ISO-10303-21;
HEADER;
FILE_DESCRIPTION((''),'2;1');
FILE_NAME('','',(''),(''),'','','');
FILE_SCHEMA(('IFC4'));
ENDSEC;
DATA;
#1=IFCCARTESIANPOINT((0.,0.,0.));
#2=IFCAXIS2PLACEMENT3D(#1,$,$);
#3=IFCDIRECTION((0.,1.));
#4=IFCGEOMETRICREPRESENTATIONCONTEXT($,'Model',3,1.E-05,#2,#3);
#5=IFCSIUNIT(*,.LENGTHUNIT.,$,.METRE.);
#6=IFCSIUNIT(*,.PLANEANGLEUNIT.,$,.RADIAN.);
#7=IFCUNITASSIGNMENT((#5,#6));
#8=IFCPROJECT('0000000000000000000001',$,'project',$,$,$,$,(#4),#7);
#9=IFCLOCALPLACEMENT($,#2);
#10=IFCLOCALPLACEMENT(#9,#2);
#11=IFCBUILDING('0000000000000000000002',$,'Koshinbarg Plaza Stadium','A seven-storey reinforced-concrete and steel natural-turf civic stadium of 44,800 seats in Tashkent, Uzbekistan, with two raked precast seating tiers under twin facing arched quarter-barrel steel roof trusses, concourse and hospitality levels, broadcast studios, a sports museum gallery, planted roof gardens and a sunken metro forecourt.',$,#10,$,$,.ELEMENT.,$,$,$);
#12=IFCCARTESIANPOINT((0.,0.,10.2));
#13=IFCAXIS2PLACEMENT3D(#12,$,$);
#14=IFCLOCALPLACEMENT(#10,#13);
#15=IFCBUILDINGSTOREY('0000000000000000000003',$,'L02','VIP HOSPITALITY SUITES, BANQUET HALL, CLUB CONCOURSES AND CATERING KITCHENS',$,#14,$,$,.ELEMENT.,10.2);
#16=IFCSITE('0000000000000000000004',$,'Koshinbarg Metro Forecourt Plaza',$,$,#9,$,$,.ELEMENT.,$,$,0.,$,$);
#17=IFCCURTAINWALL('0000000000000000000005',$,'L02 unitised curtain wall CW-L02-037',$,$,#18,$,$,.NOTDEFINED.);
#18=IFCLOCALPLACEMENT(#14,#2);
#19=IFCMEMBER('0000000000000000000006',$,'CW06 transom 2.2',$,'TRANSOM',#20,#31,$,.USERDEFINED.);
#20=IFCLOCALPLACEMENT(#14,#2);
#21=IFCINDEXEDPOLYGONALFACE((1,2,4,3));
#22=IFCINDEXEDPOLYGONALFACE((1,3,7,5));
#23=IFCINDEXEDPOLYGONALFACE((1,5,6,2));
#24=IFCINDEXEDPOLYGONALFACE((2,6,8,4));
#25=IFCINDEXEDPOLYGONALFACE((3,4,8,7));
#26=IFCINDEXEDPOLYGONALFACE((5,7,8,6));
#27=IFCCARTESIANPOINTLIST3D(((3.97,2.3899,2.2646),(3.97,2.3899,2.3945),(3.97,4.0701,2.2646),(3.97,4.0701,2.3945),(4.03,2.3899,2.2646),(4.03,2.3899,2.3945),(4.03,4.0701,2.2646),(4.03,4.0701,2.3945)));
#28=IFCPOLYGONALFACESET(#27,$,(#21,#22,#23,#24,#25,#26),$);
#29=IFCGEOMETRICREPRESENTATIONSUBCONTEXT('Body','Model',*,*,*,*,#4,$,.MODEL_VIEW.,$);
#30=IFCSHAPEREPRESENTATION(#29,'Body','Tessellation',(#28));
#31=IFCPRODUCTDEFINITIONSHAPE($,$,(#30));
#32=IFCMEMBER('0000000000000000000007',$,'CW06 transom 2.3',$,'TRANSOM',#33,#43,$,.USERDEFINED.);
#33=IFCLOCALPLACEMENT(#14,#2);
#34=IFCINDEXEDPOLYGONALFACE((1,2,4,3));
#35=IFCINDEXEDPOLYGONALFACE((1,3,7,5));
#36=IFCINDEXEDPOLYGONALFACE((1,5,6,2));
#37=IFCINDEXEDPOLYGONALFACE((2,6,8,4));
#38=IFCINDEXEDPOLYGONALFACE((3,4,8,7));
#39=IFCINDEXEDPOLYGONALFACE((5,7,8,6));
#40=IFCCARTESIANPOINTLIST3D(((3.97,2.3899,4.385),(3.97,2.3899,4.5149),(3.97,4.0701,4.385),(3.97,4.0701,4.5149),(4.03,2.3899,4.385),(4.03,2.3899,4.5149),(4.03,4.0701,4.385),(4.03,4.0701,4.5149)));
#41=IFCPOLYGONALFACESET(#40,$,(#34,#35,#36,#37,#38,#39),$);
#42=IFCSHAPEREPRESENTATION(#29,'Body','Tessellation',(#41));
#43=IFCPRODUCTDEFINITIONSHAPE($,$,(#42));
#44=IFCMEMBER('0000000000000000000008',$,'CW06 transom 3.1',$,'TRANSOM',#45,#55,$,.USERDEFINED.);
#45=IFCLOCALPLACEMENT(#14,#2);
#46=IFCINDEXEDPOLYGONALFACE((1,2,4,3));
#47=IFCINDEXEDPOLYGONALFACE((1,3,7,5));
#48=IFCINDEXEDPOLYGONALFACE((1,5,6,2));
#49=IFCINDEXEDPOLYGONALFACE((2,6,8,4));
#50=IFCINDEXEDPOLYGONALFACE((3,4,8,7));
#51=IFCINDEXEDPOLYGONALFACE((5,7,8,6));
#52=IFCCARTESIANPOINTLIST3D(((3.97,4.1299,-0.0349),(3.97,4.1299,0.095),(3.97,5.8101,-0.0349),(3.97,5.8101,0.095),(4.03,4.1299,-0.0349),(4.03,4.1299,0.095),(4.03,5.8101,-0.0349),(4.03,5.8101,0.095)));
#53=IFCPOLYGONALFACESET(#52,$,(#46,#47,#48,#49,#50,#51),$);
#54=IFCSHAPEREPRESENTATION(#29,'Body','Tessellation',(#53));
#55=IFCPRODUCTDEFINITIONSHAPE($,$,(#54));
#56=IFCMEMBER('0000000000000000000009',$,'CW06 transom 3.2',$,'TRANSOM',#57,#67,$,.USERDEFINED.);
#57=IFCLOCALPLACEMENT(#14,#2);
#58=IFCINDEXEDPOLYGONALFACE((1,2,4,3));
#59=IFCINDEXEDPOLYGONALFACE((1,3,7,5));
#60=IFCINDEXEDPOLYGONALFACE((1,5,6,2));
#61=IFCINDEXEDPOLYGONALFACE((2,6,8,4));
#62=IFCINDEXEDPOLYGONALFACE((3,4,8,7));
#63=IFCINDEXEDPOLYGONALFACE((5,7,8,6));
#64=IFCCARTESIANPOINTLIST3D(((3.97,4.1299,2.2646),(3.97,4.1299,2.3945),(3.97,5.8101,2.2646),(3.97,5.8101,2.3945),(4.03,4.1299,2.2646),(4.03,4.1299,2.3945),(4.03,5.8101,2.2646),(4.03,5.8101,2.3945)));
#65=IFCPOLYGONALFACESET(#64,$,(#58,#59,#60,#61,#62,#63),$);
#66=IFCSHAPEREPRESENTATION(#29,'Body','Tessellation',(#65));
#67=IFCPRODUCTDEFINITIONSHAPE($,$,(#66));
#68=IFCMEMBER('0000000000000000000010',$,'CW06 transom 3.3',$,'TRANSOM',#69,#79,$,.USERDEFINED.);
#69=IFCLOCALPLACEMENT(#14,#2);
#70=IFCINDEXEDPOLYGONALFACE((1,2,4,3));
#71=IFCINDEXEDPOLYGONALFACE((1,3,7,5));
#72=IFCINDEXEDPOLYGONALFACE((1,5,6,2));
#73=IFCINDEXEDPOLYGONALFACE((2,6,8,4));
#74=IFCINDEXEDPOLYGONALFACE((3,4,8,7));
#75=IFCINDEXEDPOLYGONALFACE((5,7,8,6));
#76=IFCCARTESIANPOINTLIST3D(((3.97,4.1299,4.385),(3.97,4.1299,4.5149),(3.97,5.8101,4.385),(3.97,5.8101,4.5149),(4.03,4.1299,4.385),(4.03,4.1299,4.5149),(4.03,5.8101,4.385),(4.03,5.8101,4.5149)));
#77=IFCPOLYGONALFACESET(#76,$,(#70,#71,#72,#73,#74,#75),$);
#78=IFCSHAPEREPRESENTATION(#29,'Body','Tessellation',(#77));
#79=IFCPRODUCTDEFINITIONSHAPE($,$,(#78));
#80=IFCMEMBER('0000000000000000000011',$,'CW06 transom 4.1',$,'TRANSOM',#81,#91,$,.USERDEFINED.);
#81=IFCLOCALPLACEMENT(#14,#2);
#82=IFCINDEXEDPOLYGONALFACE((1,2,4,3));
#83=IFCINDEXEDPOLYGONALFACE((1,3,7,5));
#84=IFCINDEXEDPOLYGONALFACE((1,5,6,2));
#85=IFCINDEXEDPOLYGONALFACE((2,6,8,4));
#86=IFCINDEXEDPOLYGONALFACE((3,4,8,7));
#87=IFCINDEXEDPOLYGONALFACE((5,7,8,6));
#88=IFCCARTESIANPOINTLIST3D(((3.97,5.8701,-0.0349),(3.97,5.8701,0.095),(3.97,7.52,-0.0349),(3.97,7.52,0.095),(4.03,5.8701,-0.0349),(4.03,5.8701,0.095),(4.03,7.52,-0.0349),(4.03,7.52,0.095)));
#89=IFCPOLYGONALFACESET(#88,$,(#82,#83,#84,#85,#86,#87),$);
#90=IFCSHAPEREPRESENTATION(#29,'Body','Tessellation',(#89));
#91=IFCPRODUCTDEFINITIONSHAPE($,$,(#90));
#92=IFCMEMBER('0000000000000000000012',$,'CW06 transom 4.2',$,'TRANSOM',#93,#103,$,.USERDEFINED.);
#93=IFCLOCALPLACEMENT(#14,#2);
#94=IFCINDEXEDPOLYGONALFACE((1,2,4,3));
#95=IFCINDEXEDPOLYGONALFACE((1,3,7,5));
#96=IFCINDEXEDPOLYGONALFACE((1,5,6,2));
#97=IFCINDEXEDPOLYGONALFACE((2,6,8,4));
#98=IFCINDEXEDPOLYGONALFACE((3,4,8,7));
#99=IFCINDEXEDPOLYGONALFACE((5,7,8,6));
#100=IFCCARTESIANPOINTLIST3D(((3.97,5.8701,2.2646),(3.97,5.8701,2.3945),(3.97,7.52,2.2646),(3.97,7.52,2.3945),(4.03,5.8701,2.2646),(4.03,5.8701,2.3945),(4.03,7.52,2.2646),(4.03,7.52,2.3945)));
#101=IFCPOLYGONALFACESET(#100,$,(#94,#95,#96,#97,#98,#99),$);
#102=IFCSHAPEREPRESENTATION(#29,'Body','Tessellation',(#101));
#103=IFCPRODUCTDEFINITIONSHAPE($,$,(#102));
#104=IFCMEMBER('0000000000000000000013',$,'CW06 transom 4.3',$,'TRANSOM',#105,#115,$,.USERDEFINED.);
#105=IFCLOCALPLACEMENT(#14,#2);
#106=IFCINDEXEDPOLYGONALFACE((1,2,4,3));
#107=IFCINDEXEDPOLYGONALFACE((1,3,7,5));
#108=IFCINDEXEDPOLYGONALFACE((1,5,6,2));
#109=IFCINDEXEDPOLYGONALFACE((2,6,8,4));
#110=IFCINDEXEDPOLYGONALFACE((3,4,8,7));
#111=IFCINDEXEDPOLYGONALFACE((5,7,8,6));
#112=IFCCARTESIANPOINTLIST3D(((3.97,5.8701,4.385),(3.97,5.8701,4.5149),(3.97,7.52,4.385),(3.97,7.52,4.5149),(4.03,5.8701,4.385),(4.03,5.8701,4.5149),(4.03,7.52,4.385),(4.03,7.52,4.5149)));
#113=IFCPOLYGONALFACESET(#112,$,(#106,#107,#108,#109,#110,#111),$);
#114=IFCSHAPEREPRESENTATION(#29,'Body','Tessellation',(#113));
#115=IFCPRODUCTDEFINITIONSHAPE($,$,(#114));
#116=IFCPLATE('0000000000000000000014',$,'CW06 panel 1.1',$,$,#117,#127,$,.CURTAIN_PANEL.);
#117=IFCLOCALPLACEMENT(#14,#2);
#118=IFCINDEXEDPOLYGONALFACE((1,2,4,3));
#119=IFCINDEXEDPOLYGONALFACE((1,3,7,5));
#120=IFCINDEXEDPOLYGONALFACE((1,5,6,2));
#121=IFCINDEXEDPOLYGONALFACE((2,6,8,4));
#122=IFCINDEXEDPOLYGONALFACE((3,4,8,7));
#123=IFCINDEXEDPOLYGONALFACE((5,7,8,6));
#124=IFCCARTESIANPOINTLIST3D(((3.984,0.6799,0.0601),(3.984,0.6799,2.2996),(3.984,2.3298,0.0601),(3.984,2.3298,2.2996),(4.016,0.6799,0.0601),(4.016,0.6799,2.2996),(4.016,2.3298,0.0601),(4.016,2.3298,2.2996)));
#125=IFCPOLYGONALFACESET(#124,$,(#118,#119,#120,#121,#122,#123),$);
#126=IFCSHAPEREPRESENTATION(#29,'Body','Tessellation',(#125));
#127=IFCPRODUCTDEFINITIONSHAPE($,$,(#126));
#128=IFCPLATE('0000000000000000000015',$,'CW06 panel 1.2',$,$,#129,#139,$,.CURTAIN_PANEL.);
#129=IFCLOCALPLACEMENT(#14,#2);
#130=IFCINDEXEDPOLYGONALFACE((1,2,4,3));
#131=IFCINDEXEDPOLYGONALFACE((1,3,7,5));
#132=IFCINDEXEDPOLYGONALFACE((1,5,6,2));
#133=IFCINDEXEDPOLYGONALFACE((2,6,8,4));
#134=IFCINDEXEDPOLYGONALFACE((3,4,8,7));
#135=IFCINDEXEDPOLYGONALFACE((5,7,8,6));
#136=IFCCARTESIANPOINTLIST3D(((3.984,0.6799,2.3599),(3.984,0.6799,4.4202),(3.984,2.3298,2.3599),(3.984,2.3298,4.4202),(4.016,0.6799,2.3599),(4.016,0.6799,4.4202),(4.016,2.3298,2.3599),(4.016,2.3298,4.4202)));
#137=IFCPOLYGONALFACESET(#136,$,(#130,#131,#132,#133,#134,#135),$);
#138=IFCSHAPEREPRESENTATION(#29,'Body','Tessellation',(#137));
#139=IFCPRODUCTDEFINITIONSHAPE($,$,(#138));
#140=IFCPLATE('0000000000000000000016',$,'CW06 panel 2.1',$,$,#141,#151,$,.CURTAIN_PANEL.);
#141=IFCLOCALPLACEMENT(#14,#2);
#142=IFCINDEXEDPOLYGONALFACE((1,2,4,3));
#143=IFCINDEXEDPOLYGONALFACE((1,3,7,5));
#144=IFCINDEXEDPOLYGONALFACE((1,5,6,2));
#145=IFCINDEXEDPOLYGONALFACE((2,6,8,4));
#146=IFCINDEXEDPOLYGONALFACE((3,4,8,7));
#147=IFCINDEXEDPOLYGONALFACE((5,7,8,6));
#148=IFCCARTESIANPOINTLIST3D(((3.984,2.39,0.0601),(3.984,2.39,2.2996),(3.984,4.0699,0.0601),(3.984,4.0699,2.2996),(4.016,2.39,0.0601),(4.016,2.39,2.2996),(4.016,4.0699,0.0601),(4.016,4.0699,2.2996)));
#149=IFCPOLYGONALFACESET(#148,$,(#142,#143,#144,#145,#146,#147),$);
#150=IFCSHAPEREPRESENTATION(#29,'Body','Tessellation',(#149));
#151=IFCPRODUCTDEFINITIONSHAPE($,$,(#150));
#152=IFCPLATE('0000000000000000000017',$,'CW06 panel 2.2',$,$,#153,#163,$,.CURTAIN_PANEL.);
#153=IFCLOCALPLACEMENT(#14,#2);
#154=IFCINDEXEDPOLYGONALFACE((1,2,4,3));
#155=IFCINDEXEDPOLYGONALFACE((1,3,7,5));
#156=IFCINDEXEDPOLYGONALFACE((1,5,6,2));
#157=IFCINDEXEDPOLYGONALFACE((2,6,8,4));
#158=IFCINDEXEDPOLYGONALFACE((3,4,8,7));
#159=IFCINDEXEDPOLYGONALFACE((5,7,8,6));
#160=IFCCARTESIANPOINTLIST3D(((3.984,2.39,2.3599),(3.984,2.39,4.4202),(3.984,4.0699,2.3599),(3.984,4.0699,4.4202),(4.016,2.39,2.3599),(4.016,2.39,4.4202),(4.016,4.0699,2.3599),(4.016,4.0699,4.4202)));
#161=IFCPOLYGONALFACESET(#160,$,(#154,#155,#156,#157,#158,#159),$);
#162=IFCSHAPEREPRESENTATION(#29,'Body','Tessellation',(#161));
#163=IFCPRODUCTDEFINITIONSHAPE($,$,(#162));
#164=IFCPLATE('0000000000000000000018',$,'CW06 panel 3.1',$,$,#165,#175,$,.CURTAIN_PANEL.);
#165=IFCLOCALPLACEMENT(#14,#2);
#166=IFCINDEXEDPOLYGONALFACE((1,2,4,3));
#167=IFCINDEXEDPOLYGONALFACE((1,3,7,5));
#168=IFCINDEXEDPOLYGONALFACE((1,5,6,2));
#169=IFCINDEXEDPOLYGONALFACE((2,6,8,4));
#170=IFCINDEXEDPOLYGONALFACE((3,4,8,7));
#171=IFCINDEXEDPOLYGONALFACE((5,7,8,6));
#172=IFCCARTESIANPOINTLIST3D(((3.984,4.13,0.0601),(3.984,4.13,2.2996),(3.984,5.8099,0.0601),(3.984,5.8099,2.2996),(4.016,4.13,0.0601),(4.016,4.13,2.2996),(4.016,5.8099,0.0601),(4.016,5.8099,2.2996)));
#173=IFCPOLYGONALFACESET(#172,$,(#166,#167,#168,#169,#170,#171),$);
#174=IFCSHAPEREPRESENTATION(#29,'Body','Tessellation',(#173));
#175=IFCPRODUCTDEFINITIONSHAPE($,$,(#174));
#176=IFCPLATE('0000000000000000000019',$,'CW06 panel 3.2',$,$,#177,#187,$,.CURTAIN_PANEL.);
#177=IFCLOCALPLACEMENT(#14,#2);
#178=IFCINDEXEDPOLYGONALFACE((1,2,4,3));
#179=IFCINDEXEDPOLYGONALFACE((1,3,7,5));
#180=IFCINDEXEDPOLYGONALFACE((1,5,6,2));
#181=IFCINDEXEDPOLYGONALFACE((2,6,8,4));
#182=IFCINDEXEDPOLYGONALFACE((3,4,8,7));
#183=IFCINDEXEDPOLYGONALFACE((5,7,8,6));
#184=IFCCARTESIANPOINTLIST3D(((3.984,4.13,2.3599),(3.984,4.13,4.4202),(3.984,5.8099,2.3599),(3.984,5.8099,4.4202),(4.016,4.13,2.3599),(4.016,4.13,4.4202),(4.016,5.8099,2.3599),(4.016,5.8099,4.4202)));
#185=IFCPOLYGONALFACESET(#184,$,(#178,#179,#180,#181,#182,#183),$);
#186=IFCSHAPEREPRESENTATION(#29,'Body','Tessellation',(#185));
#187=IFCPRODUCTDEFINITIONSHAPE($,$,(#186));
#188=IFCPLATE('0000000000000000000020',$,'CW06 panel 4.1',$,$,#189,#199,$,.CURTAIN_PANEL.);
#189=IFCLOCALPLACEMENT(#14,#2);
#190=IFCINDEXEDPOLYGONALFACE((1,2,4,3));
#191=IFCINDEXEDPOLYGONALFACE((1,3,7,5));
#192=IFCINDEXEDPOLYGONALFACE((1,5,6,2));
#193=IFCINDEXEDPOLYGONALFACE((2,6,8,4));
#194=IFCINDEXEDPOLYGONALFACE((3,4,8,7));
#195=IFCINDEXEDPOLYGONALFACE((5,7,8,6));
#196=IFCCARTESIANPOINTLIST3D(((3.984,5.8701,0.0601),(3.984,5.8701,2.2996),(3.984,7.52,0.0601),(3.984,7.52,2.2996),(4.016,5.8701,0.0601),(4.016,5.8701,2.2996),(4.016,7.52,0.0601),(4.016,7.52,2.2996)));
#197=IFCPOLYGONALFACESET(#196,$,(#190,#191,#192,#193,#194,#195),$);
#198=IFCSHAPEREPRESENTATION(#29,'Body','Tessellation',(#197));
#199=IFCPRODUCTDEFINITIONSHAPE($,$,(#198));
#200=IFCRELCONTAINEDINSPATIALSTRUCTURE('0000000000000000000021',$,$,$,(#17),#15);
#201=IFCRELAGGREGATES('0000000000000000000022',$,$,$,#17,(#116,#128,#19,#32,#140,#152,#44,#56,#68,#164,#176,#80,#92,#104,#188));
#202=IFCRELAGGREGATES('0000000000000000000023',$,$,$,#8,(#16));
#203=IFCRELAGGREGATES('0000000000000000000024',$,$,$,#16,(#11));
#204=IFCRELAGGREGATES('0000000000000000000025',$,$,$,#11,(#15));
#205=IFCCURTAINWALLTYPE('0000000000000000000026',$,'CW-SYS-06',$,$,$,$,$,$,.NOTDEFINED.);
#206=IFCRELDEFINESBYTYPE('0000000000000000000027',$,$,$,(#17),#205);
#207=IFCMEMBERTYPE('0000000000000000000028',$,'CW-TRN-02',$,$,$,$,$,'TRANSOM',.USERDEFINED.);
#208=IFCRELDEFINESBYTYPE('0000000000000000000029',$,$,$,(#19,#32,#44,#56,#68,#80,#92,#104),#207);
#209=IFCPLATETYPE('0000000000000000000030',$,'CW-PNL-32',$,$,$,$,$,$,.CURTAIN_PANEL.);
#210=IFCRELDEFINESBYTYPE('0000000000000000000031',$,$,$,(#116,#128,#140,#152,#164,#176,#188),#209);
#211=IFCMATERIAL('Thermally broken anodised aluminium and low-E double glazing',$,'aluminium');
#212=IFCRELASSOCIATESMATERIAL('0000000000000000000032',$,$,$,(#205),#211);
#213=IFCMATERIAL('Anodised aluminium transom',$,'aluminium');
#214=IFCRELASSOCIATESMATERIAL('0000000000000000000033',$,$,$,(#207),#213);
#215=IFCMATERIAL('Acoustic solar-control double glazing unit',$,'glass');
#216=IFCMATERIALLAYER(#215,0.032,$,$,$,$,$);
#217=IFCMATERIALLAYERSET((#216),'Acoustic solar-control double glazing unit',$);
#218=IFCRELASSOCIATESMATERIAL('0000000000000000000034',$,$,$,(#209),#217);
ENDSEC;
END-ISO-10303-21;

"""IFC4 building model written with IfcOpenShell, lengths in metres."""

from ifc_helpers import new_model, si_unit, direction, frame, origin, origin_2d, place, context, subcontext, project, spatial, rectangle, extrude, material, layer, layer_set, material_profile, profile_set, type_object, element, aggregate, save


model = new_model("IFC4")

# Units and contexts
model_context = context("Model", 3, precision=1e-05, world=origin(), true_north=direction((0.0, 1.0)))
body_context = subcontext(model_context, "Body", "Model", "MODEL_VIEW")
ifc_project = project(units=[si_unit("LENGTHUNIT", "METRE"), si_unit("PLANEANGLEUNIT", "RADIAN")], contexts=[model_context])

# Site, building, storey
site_placement = place(None, origin())
site = spatial("IfcSite", under=ifc_project, at=site_placement, Name="Koshinbarg Metro Forecourt Plaza", CompositionType="ELEMENT", RefElevation=0.0)
building_placement = place(site_placement, origin())
building = spatial("IfcBuilding", under=site, at=building_placement, Name="Koshinbarg Plaza Stadium", Description="A seven-storey reinforced-concrete and steel natural-turf civic stadium of 44,800 seats in Tashkent, Uzbekistan, with two raked precast seating tiers under twin facing arched quarter-barrel steel roof trusses, concourse and hospitality levels, broadcast studios, a sports museum gallery, planted roof gardens and a sunken metro forecourt.", CompositionType="ELEMENT")
storey_placement = place(building_placement, frame((0.0, 0.0, 10.2)))
storey = spatial("IfcBuildingStorey", under=building, at=storey_placement, Name="L02", Description="VIP HOSPITALITY SUITES, BANQUET HALL, CLUB CONCOURSES AND CATERING KITCHENS", CompositionType="ELEMENT", Elevation=10.2)

# Curtain wall, members, plates
ifc_material_1 = material(Name="Thermally broken anodised aluminium and low-E double glazing", Category="aluminium")
curtain_wall_type = type_object("IfcCurtainWallType", Name="CW-SYS-06", PredefinedType="NOTDEFINED", material=ifc_material_1)
curtain_wall_placement = place(storey_placement, origin())
curtain_wall = element("IfcCurtainWall", 1, at=curtain_wall_placement, inside=storey, type_object=curtain_wall_type, Name="L02 unitised curtain wall CW-L02-037", PredefinedType="NOTDEFINED")
ifc_material_2 = material(Name="Anodised aluminium transom", Category="aluminium")
ifc_material_profile_1 = material_profile(ifc_material_2, rectangle(XDim=0.0601, YDim=0.1299, at=origin_2d()), Name="ALU 60x130")
ifc_profile_set_1 = profile_set([ifc_material_profile_1], Name="Anodised aluminium transom")
member_type_1 = type_object("IfcMemberType", Name="CW-TRN-02", ElementType="TRANSOM", PredefinedType="USERDEFINED", material=ifc_profile_set_1)
member_1_placement = place(storey_placement, frame((4.0, 2.3899, 2.3296), z_axis=(0.0, 1.0, 0.0), x_axis=(-1.0, 0.0, 0.0)))
member_1 = element("IfcMember", 2, at=member_1_placement, type_object=member_type_1, Name="CW06 transom 2.2", ObjectType="TRANSOM", PredefinedType="USERDEFINED", context=body_context, shape_type="SweptSolid", body=[
    extrude(rectangle(XDim=0.0601, YDim=0.1299, at=origin_2d()), origin(), (0.0, 0.0, 1.0), 1.6802),
])
member_2_placement = place(storey_placement, frame((4.0, 2.3899, 4.45), z_axis=(0.0, 1.0, 0.0), x_axis=(-1.0, 0.0, 0.0)))
member_2 = element("IfcMember", 3, at=member_2_placement, type_object=member_type_1, Name="CW06 transom 2.3", ObjectType="TRANSOM", PredefinedType="USERDEFINED", context=body_context, shape_type="SweptSolid", body=[
    extrude(rectangle(XDim=0.0601, YDim=0.1299, at=origin_2d()), origin(), (0.0, 0.0, 1.0), 1.6802),
])
member_3_placement = place(storey_placement, frame((4.0, 4.1299, 0.03), z_axis=(0.0, 1.0, 0.0), x_axis=(-1.0, 0.0, 0.0)))
member_3 = element("IfcMember", 4, at=member_3_placement, type_object=member_type_1, Name="CW06 transom 3.1", ObjectType="TRANSOM", PredefinedType="USERDEFINED", context=body_context, shape_type="SweptSolid", body=[
    extrude(rectangle(XDim=0.0601, YDim=0.1299, at=origin_2d()), origin(), (0.0, 0.0, 1.0), 1.6802),
])
member_4_placement = place(storey_placement, frame((4.0, 4.1299, 2.3296), z_axis=(0.0, 1.0, 0.0), x_axis=(-1.0, 0.0, 0.0)))
member_4 = element("IfcMember", 5, at=member_4_placement, type_object=member_type_1, Name="CW06 transom 3.2", ObjectType="TRANSOM", PredefinedType="USERDEFINED", context=body_context, shape_type="SweptSolid", body=[
    extrude(rectangle(XDim=0.0601, YDim=0.1299, at=origin_2d()), origin(), (0.0, 0.0, 1.0), 1.6802),
])
member_5_placement = place(storey_placement, frame((4.0, 4.1299, 4.45), z_axis=(0.0, 1.0, 0.0), x_axis=(-1.0, 0.0, 0.0)))
member_5 = element("IfcMember", 6, at=member_5_placement, type_object=member_type_1, Name="CW06 transom 3.3", ObjectType="TRANSOM", PredefinedType="USERDEFINED", context=body_context, shape_type="SweptSolid", body=[
    extrude(rectangle(XDim=0.0601, YDim=0.1299, at=origin_2d()), origin(), (0.0, 0.0, 1.0), 1.6802),
])
member_6_placement = place(storey_placement, frame((4.0, 5.8701, 0.03), z_axis=(0.0, 1.0, 0.0), x_axis=(-1.0, 0.0, 0.0)))
member_6 = element("IfcMember", 7, at=member_6_placement, type_object=member_type_1, Name="CW06 transom 4.1", ObjectType="TRANSOM", PredefinedType="USERDEFINED", context=body_context, shape_type="SweptSolid", body=[
    extrude(rectangle(XDim=0.0601, YDim=0.1299, at=origin_2d()), origin(), (0.0, 0.0, 1.0), 1.6499),
])
member_7_placement = place(storey_placement, frame((4.0, 5.8701, 2.3296), z_axis=(0.0, 1.0, 0.0), x_axis=(-1.0, 0.0, 0.0)))
member_7 = element("IfcMember", 8, at=member_7_placement, type_object=member_type_1, Name="CW06 transom 4.2", ObjectType="TRANSOM", PredefinedType="USERDEFINED", context=body_context, shape_type="SweptSolid", body=[
    extrude(rectangle(XDim=0.0601, YDim=0.1299, at=origin_2d()), origin(), (0.0, 0.0, 1.0), 1.6499),
])
member_8_placement = place(storey_placement, frame((4.0, 5.8701, 4.45), z_axis=(0.0, 1.0, 0.0), x_axis=(-1.0, 0.0, 0.0)))
member_8 = element("IfcMember", 9, at=member_8_placement, type_object=member_type_1, Name="CW06 transom 4.3", ObjectType="TRANSOM", PredefinedType="USERDEFINED", context=body_context, shape_type="SweptSolid", body=[
    extrude(rectangle(XDim=0.0601, YDim=0.1299, at=origin_2d()), origin(), (0.0, 0.0, 1.0), 1.6499),
])
ifc_material_3 = material(Name="Acoustic solar-control double glazing unit", Category="glass")
ifc_layer_1 = layer(ifc_material_3, 0.032)
ifc_layer_set_1 = layer_set([ifc_layer_1], Name="Acoustic solar-control double glazing unit")
plate_type = type_object("IfcPlateType", Name="CW-PNL-32", PredefinedType="CURTAIN_PANEL", material=ifc_layer_set_1)
plate_1_placement = place(storey_placement, frame((4.0, 1.5049, 0.0601), z_axis=(0.0, 0.0, 1.0), x_axis=(0.0, 1.0, 0.0)))
plate_1 = element("IfcPlate", 10, at=plate_1_placement, type_object=plate_type, Name="CW06 panel 1.1", PredefinedType="CURTAIN_PANEL", context=body_context, shape_type="SweptSolid", body=[
    extrude(rectangle(XDim=1.6499, YDim=0.032, at=origin_2d()), origin(), (0.0, 0.0, 1.0), 2.2395),
])
plate_2_placement = place(storey_placement, frame((4.0, 1.5049, 2.3599), z_axis=(0.0, 0.0, 1.0), x_axis=(0.0, 1.0, 0.0)))
plate_2 = element("IfcPlate", 11, at=plate_2_placement, type_object=plate_type, Name="CW06 panel 1.2", PredefinedType="CURTAIN_PANEL", context=body_context, shape_type="SweptSolid", body=[
    extrude(rectangle(XDim=1.6499, YDim=0.032, at=origin_2d()), origin(), (0.0, 0.0, 1.0), 2.0603),
])
plate_3_placement = place(storey_placement, frame((4.0, 3.23, 0.0601), z_axis=(0.0, 0.0, 1.0), x_axis=(0.0, 1.0, 0.0)))
plate_3 = element("IfcPlate", 12, at=plate_3_placement, type_object=plate_type, Name="CW06 panel 2.1", PredefinedType="CURTAIN_PANEL", context=body_context, shape_type="SweptSolid", body=[
    extrude(rectangle(XDim=1.6799, YDim=0.032, at=origin_2d()), origin(), (0.0, 0.0, 1.0), 2.2395),
])
plate_4_placement = place(storey_placement, frame((4.0, 3.23, 2.3599), z_axis=(0.0, 0.0, 1.0), x_axis=(0.0, 1.0, 0.0)))
plate_4 = element("IfcPlate", 13, at=plate_4_placement, type_object=plate_type, Name="CW06 panel 2.2", PredefinedType="CURTAIN_PANEL", context=body_context, shape_type="SweptSolid", body=[
    extrude(rectangle(XDim=1.6799, YDim=0.032, at=origin_2d()), origin(), (0.0, 0.0, 1.0), 2.0603),
])
plate_5_placement = place(storey_placement, frame((4.0, 4.97, 0.0601), z_axis=(0.0, 0.0, 1.0), x_axis=(0.0, 1.0, 0.0)))
plate_5 = element("IfcPlate", 14, at=plate_5_placement, type_object=plate_type, Name="CW06 panel 3.1", PredefinedType="CURTAIN_PANEL", context=body_context, shape_type="SweptSolid", body=[
    extrude(rectangle(XDim=1.6799, YDim=0.032, at=origin_2d()), origin(), (0.0, 0.0, 1.0), 2.2395),
])
plate_6_placement = place(storey_placement, frame((4.0, 4.97, 2.3599), z_axis=(0.0, 0.0, 1.0), x_axis=(0.0, 1.0, 0.0)))
plate_6 = element("IfcPlate", 15, at=plate_6_placement, type_object=plate_type, Name="CW06 panel 3.2", PredefinedType="CURTAIN_PANEL", context=body_context, shape_type="SweptSolid", body=[
    extrude(rectangle(XDim=1.6799, YDim=0.032, at=origin_2d()), origin(), (0.0, 0.0, 1.0), 2.0603),
])
plate_7_placement = place(storey_placement, frame((4.0, 6.6951, 0.0601), z_axis=(0.0, 0.0, 1.0), x_axis=(0.0, 1.0, 0.0)))
plate_7 = element("IfcPlate", 16, at=plate_7_placement, type_object=plate_type, Name="CW06 panel 4.1", PredefinedType="CURTAIN_PANEL", context=body_context, shape_type="SweptSolid", body=[
    extrude(rectangle(XDim=1.6499, YDim=0.032, at=origin_2d()), origin(), (0.0, 0.0, 1.0), 2.2395),
])
aggregate(curtain_wall, [plate_1, plate_2, member_1, member_2, plate_3, plate_4, member_3, member_4, member_5, plate_5, plate_6, member_6, member_7, member_8, plate_7])

save(model, "model.ifc")
